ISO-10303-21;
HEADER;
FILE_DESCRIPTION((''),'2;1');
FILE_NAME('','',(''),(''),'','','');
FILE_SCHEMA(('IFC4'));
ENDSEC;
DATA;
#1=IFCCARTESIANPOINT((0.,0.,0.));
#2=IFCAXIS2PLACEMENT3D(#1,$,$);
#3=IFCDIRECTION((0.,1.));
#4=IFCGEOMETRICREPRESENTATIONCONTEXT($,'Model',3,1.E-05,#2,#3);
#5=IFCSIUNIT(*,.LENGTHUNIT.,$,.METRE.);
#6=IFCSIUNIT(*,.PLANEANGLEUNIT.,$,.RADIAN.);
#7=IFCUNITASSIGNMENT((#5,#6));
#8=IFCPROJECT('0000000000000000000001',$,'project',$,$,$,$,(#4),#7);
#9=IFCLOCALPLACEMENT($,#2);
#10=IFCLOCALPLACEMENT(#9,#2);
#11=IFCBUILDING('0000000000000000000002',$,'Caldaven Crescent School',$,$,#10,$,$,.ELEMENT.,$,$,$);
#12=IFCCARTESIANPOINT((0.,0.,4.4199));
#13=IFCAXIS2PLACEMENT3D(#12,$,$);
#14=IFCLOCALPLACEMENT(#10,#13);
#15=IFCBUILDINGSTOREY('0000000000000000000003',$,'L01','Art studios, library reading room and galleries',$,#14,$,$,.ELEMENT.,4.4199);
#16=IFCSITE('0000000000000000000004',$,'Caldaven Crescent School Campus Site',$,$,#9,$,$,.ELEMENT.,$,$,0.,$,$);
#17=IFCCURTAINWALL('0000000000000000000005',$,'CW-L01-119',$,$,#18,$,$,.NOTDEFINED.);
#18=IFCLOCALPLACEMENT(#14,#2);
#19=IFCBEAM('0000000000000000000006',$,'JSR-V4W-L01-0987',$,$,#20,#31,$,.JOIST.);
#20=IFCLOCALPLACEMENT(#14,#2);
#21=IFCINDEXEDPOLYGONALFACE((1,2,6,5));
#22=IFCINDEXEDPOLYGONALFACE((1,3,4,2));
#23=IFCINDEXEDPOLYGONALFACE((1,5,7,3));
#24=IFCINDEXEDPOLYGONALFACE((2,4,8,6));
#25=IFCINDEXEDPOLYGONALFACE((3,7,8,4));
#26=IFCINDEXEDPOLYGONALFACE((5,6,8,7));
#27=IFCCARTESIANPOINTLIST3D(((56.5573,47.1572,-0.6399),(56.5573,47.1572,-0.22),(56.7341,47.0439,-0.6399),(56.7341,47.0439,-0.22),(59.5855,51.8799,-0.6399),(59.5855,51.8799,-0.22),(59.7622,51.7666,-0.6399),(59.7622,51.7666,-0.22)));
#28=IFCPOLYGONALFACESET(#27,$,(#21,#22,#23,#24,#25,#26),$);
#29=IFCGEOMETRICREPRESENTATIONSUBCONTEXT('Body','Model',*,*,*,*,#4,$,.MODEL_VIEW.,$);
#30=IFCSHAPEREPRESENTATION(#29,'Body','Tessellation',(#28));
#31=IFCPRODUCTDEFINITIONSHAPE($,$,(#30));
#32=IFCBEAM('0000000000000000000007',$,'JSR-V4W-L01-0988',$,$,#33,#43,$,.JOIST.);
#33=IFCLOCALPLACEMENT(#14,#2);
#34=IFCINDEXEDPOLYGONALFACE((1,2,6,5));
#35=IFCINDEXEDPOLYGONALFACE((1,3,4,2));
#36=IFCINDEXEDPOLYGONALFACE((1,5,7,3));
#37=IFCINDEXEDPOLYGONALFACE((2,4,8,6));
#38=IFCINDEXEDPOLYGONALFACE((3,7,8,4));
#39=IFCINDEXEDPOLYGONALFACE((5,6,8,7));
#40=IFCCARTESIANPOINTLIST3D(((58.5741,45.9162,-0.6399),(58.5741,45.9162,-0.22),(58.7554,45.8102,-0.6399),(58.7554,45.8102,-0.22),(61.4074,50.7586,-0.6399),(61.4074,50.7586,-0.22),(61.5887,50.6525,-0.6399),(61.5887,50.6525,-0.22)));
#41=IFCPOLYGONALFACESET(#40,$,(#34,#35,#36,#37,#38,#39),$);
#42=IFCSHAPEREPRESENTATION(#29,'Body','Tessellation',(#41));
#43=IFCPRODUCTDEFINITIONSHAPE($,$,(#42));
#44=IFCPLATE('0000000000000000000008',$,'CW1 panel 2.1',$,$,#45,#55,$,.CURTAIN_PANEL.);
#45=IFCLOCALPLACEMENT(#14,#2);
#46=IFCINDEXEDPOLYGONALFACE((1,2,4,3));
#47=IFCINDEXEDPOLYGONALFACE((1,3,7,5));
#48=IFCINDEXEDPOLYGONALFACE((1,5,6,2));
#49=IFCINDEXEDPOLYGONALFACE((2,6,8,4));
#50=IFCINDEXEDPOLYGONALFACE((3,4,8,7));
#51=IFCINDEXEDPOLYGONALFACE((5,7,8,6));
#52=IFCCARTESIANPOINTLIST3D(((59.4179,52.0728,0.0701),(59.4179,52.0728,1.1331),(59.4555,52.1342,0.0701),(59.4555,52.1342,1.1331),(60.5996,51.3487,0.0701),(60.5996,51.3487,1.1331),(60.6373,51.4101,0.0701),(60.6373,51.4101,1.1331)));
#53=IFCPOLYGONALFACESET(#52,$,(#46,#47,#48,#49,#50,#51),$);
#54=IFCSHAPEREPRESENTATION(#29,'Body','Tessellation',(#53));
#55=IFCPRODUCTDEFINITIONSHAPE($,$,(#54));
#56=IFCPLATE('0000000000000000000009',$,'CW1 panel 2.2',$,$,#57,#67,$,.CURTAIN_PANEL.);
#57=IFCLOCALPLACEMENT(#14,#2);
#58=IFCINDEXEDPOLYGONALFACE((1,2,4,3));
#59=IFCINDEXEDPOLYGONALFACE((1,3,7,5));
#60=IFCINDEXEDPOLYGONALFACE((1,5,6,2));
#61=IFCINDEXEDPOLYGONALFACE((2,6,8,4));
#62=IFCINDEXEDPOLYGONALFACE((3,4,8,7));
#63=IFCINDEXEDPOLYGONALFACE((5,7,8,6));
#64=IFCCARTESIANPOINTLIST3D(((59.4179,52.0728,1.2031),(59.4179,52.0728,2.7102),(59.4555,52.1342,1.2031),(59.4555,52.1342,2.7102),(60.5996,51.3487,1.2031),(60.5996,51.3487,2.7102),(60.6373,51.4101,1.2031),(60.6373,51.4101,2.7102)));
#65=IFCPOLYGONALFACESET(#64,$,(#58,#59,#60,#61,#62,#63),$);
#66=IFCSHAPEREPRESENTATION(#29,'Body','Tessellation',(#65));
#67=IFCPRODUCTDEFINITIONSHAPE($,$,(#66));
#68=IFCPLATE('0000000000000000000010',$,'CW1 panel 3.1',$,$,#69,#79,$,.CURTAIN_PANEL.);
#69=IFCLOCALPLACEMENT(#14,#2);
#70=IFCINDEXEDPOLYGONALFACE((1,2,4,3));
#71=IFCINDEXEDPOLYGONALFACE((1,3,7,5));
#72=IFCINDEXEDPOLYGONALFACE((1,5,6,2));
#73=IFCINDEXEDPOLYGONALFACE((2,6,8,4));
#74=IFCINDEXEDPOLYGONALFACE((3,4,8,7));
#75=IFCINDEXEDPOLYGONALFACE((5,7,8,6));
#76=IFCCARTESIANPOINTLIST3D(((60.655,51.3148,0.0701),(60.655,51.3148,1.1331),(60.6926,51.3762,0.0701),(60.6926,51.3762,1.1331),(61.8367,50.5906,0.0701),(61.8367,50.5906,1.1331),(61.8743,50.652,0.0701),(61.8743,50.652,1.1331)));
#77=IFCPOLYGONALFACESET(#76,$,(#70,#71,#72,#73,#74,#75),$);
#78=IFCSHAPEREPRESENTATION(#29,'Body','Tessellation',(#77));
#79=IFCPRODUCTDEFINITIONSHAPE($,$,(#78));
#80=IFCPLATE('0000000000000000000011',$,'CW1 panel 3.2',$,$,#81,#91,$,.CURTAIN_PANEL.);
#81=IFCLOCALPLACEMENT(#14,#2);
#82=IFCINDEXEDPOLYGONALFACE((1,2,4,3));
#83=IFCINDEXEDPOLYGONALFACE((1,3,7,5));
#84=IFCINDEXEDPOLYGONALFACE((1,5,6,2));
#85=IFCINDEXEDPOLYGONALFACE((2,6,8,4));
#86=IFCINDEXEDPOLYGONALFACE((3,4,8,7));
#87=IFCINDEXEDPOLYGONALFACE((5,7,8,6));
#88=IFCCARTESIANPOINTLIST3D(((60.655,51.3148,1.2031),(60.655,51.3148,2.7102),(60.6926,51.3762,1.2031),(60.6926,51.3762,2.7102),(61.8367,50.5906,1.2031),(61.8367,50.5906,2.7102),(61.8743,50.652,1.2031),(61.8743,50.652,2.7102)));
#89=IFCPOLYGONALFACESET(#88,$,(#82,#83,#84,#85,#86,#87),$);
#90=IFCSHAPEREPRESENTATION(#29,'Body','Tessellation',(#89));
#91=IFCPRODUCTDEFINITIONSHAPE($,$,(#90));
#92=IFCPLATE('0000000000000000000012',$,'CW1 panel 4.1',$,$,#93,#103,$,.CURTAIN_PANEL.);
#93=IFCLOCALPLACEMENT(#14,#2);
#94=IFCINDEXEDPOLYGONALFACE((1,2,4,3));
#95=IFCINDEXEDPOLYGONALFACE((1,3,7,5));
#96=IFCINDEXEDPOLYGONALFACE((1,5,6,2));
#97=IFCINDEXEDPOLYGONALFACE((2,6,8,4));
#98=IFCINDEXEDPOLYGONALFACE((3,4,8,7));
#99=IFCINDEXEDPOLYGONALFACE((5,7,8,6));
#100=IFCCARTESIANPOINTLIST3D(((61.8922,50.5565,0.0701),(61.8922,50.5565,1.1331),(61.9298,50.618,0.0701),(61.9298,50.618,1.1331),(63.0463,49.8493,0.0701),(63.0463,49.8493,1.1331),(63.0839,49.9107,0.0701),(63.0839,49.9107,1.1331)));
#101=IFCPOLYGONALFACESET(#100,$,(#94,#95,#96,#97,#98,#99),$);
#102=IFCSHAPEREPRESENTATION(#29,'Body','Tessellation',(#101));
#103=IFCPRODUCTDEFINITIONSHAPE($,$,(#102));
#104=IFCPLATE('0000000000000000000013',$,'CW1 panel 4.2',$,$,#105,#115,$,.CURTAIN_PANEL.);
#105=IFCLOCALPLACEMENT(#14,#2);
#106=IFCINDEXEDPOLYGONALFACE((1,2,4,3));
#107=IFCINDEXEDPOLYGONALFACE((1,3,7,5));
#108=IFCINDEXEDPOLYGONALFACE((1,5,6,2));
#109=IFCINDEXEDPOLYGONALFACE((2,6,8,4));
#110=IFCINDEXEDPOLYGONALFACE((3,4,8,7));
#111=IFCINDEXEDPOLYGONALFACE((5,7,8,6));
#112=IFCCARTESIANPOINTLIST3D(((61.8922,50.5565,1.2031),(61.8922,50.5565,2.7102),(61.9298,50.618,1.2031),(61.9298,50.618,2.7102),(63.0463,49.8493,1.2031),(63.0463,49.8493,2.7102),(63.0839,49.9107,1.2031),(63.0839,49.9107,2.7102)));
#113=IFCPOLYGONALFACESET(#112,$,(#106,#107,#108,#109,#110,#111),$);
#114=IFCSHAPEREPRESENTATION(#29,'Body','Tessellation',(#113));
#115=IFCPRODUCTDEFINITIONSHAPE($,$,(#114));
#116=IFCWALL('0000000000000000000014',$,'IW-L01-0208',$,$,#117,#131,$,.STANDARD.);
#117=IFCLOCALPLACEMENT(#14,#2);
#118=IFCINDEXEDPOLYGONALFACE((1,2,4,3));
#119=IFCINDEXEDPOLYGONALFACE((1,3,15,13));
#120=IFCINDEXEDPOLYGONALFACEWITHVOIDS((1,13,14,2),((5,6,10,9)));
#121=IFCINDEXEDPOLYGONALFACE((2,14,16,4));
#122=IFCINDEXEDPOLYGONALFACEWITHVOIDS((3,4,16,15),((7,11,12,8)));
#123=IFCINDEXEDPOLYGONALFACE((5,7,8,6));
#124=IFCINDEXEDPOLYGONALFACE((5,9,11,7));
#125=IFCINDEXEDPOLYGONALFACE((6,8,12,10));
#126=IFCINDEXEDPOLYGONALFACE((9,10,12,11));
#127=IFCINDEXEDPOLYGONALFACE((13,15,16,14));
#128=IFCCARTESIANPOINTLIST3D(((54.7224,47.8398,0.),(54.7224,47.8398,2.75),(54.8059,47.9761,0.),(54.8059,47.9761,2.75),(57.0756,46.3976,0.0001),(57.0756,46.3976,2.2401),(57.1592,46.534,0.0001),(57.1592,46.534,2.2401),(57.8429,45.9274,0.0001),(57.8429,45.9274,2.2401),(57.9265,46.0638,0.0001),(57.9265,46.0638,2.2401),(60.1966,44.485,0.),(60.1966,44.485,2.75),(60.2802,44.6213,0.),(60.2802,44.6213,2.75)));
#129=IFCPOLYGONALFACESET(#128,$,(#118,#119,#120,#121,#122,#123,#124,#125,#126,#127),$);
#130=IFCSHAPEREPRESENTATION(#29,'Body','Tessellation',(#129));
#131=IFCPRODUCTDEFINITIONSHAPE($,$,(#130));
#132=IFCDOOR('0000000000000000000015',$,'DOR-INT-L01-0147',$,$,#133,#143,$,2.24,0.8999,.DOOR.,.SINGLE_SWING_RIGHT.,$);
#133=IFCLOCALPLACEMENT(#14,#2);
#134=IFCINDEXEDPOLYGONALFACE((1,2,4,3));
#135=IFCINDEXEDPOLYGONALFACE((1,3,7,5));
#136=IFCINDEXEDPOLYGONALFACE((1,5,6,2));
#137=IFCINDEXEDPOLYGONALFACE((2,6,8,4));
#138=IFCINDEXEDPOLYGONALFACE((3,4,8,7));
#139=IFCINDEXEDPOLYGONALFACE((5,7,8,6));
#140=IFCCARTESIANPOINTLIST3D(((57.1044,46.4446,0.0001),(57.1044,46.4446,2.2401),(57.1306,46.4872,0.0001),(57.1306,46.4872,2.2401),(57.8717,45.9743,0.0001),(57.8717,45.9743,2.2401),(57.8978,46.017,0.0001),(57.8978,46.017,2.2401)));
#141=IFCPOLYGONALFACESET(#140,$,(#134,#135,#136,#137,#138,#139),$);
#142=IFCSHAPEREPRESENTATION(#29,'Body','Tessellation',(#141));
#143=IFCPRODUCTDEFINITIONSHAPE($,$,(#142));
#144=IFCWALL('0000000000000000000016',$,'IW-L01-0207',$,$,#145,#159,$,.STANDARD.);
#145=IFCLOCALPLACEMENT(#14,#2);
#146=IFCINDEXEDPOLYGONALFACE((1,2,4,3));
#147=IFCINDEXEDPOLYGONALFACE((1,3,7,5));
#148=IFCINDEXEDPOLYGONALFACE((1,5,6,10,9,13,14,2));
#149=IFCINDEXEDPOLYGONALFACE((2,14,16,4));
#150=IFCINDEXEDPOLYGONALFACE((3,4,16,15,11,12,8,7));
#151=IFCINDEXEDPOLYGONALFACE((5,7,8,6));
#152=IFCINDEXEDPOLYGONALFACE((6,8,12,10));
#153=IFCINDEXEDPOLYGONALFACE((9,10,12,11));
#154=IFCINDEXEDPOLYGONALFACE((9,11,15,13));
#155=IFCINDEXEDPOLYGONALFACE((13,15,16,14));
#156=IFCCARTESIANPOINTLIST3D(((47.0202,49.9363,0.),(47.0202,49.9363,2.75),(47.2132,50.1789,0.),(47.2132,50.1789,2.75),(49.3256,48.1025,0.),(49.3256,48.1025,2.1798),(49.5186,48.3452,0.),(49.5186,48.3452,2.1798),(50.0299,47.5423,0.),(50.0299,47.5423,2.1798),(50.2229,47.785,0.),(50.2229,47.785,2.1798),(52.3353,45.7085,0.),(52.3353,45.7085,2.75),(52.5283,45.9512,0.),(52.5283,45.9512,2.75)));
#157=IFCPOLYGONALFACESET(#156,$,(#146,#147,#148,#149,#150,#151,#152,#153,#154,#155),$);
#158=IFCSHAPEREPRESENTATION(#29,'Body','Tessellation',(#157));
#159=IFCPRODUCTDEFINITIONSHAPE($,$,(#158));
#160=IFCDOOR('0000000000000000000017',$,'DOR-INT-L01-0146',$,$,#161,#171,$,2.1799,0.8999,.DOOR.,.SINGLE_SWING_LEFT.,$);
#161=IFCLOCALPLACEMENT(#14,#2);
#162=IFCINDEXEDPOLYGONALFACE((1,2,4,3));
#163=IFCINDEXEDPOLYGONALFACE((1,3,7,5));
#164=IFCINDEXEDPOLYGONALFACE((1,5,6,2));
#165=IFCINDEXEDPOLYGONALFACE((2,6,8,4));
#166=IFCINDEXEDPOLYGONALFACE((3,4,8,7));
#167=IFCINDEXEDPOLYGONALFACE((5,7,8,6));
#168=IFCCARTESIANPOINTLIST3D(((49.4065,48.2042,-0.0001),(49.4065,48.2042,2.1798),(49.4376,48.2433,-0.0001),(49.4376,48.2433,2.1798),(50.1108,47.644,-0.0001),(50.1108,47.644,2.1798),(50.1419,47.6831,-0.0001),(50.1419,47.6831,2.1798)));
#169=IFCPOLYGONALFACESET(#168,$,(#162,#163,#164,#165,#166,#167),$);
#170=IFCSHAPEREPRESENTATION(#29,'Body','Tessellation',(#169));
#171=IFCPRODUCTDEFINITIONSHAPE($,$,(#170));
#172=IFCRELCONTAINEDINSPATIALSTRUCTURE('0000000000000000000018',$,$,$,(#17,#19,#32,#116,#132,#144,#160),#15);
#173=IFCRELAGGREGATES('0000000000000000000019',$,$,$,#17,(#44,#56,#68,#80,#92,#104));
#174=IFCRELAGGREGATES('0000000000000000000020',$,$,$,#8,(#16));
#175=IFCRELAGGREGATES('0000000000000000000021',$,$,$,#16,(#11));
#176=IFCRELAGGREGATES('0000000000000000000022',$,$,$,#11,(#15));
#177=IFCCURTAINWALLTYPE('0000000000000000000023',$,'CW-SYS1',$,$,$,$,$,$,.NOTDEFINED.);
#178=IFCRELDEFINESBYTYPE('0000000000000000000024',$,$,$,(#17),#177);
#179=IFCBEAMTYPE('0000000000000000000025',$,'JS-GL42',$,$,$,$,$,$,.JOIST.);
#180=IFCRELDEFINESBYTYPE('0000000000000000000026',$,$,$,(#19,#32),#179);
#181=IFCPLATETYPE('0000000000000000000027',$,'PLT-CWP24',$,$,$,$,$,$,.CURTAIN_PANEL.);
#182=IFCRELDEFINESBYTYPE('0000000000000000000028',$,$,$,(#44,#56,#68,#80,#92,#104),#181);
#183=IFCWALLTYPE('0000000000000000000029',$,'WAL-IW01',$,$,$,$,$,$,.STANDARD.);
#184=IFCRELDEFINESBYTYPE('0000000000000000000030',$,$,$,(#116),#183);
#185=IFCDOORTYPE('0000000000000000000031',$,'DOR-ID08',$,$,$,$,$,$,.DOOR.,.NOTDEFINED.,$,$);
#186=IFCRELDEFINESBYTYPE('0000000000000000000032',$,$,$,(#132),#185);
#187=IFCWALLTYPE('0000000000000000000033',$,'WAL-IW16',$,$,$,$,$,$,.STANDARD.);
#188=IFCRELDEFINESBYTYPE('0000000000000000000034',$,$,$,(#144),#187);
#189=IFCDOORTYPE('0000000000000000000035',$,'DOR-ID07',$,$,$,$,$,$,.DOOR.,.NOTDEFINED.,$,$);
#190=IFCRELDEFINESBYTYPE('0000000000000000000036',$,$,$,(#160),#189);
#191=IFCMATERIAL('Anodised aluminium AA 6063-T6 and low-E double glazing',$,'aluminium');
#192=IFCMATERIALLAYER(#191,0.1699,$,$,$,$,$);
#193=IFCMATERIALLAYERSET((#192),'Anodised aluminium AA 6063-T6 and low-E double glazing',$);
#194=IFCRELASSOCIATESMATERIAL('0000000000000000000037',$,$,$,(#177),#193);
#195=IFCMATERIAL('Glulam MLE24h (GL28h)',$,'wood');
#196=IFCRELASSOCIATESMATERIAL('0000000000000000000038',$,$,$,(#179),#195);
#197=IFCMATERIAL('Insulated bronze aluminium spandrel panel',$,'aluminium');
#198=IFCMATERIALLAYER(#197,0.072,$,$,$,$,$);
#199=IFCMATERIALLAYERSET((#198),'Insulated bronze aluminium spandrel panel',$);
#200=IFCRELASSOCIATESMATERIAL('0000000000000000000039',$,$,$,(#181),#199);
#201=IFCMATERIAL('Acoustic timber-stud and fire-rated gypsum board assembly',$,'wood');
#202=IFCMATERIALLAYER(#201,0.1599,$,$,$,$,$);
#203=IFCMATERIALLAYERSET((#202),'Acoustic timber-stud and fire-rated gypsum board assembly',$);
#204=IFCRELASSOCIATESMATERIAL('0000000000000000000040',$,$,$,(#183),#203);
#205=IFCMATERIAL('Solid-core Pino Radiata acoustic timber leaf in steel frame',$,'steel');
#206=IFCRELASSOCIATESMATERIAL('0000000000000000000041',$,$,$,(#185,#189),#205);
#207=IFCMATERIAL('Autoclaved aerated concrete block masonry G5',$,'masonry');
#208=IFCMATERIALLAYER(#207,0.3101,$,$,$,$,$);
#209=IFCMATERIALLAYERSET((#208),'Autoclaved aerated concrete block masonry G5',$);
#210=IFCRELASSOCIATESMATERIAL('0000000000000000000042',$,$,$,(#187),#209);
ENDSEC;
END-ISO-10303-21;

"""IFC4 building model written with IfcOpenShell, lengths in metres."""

from ifc_helpers import new_model, si_unit, direction, frame, frame_2d, origin, origin_2d, place, context, subcontext, project, spatial, rectangle, extrude, material, layer, layer_set, material_profile, profile_set, type_object, element, fill, aggregate, save


model = new_model("IFC4")

# Units and contexts
model_context = context("Model", 3, precision=1e-05, world=origin(), true_north=direction((0.0, 1.0)))
body_context = subcontext(model_context, "Body", "Model", "MODEL_VIEW")
ifc_project = project(units=[si_unit("LENGTHUNIT", "METRE"), si_unit("PLANEANGLEUNIT", "RADIAN")], contexts=[model_context])

# Site, building, storey
site_placement = place(None, origin())
site = spatial("IfcSite", under=ifc_project, at=site_placement, Name="Caldaven Crescent School Campus Site", CompositionType="ELEMENT", RefElevation=0.0)
building_placement = place(site_placement, origin())
building = spatial("IfcBuilding", under=site, at=building_placement, Name="Caldaven Crescent School", CompositionType="ELEMENT")
storey_placement = place(building_placement, frame((0.0, 0.0, 4.4199)))
storey = spatial("IfcBuildingStorey", under=building, at=storey_placement, Name="L01", Description="Art studios, library reading room and galleries", CompositionType="ELEMENT", Elevation=4.4199)

# Shared definitions
ifc_material_1 = material(Name="Glulam MLE24h (GL28h)", Category="wood")

# Curtain wall
ifc_material_2 = material(Name="Anodised aluminium AA 6063-T6 and low-E double glazing", Category="aluminium")
ifc_layer_1 = layer(ifc_material_2, 0.1699)
ifc_layer_set_1 = layer_set([ifc_layer_1], Name="Anodised aluminium AA 6063-T6 and low-E double glazing")
curtain_wall_type = type_object("IfcCurtainWallType", Name="CW-SYS1", PredefinedType="NOTDEFINED", material=ifc_layer_set_1)
curtain_wall_placement = place(storey_placement, origin())
curtain_wall = element("IfcCurtainWall", 1, at=curtain_wall_placement, inside=storey, type_object=curtain_wall_type, Name="CW-L01-119", PredefinedType="NOTDEFINED")

# Beams
ifc_material_profile_1 = material_profile(ifc_material_1, rectangle(XDim=0.21, YDim=0.4199, at=origin_2d()), Name="MLE 210x420")
ifc_profile_set_1 = profile_set([ifc_material_profile_1], Name="Glulam MLE24h (GL28h)")
beam_type_1 = type_object("IfcBeamType", Name="JS-GL42", PredefinedType="JOIST", material=ifc_profile_set_1)
beam_1_placement = place(storey_placement, frame((59.6738, 51.8232, -0.4299), z_axis=(-0.539759, -0.84182, 0.0), x_axis=(0.84182, -0.539759, 0.0)))
element("IfcBeam", 2, at=beam_1_placement, inside=storey, type_object=beam_type_1, Name="JSR-V4W-L01-0987", PredefinedType="JOIST", context=body_context, shape_type="SweptSolid", body=[
    extrude(rectangle(XDim=0.21, YDim=0.4199, at=origin_2d()), origin(), (0.0, 0.0, 1.0), 5.6101),
])
beam_2_placement = place(storey_placement, frame((61.498, 50.7056, -0.4299), z_axis=(-0.505012, -0.863112, 0.0), x_axis=(0.863112, -0.505012, 0.0)))
element("IfcBeam", 3, at=beam_2_placement, inside=storey, type_object=beam_type_1, Name="JSR-V4W-L01-0988", PredefinedType="JOIST", context=body_context, shape_type="SweptSolid", body=[
    extrude(rectangle(XDim=0.21, YDim=0.4199, at=origin_2d()), origin(), (0.0, 0.0, 1.0), 5.6104),
])

# Plates
ifc_material_3 = material(Name="Insulated bronze aluminium spandrel panel", Category="aluminium")
ifc_layer_2 = layer(ifc_material_3, 0.072)
ifc_layer_set_2 = layer_set([ifc_layer_2], Name="Insulated bronze aluminium spandrel panel")
plate_type = type_object("IfcPlateType", Name="PLT-CWP24", PredefinedType="CURTAIN_PANEL", material=ifc_layer_set_2)
plate_1_placement = place(storey_placement, frame((60.0276, 51.7415, 0.0701), z_axis=(0.0, 0.0, 1.0), x_axis=(0.85264, -0.522499, 0.0)))
plate_1 = element("IfcPlate", 4, at=plate_1_placement, type_object=plate_type, Name="CW1 panel 2.1", PredefinedType="CURTAIN_PANEL", context=body_context, shape_type="SweptSolid", body=[
    extrude(rectangle(XDim=1.386, YDim=0.072, at=origin_2d()), origin(), (0.0, 0.0, 1.0), 1.063),
])
plate_2_placement = place(storey_placement, frame((60.0276, 51.7415, 1.2031), z_axis=(0.0, 0.0, 1.0), x_axis=(0.85264, -0.522499, 0.0)))
plate_2 = element("IfcPlate", 5, at=plate_2_placement, type_object=plate_type, Name="CW1 panel 2.2", PredefinedType="CURTAIN_PANEL", context=body_context, shape_type="SweptSolid", body=[
    extrude(rectangle(XDim=1.386, YDim=0.072, at=origin_2d()), origin(), (0.0, 0.0, 1.0), 1.5071),
])
plate_3_placement = place(storey_placement, frame((61.2646, 50.9834, 0.0701), z_axis=(0.0, 0.0, 1.0), x_axis=(0.85264, -0.522499, 0.0)))
plate_3 = element("IfcPlate", 6, at=plate_3_placement, type_object=plate_type, Name="CW1 panel 3.1", PredefinedType="CURTAIN_PANEL", context=body_context, shape_type="SweptSolid", body=[
    extrude(rectangle(XDim=1.386, YDim=0.072, at=origin_2d()), origin(), (0.0, 0.0, 1.0), 1.063),
])
plate_4_placement = place(storey_placement, frame((61.2646, 50.9834, 1.2031), z_axis=(0.0, 0.0, 1.0), x_axis=(0.85264, -0.522499, 0.0)))
plate_4 = element("IfcPlate", 7, at=plate_4_placement, type_object=plate_type, Name="CW1 panel 3.2", PredefinedType="CURTAIN_PANEL", context=body_context, shape_type="SweptSolid", body=[
    extrude(rectangle(XDim=1.386, YDim=0.072, at=origin_2d()), origin(), (0.0, 0.0, 1.0), 1.5071),
])
plate_5_placement = place(storey_placement, frame((62.488, 50.2336, 0.0701), z_axis=(0.0, 0.0, 1.0), x_axis=(0.85264, -0.522499, 0.0)))
plate_5 = element("IfcPlate", 8, at=plate_5_placement, type_object=plate_type, Name="CW1 panel 4.1", PredefinedType="CURTAIN_PANEL", context=body_context, shape_type="SweptSolid", body=[
    extrude(rectangle(XDim=1.3535, YDim=0.072, at=origin_2d()), origin(), (0.0, 0.0, 1.0), 1.063),
])
plate_6_placement = place(storey_placement, frame((62.488, 50.2336, 1.2031), z_axis=(0.0, 0.0, 1.0), x_axis=(0.85264, -0.522499, 0.0)))
plate_6 = element("IfcPlate", 9, at=plate_6_placement, type_object=plate_type, Name="CW1 panel 4.2", PredefinedType="CURTAIN_PANEL", context=body_context, shape_type="SweptSolid", body=[
    extrude(rectangle(XDim=1.3535, YDim=0.072, at=origin_2d()), origin(), (0.0, 0.0, 1.0), 1.5071),
])
aggregate(curtain_wall, [plate_1, plate_2, plate_3, plate_4, plate_5, plate_6])

# Walls, openings, doors
ifc_material_4 = material(Name="Acoustic timber-stud and fire-rated gypsum board assembly", Category="wood")
ifc_layer_3 = layer(ifc_material_4, 0.1599)
ifc_layer_set_3 = layer_set([ifc_layer_3], Name="Acoustic timber-stud and fire-rated gypsum board assembly")
wall_type_1 = type_object("IfcWallType", Name="WAL-IW01", PredefinedType="STANDARD", material=ifc_layer_set_3)
wall_1_placement = place(storey_placement, frame((54.7642, 47.908, 0.0), z_axis=(0.0, 0.0, 1.0), x_axis=(0.852627, -0.52252, 0.0)))
wall_1 = element("IfcWall", 10, at=wall_1_placement, inside=storey, type_object=wall_type_1, Name="IW-L01-0208", PredefinedType="STANDARD", context=body_context, shape_type="SweptSolid", body=[
    extrude(rectangle(XDim=6.4204, YDim=0.1599, at=frame_2d((3.2102, 0.0))), origin(), (0.0, 0.0, 1.0), 2.75),
])
opening_1_placement = place(wall_1_placement, frame((2.76, 0.0, 0.0)))
opening_1 = element("IfcOpeningElement", 11, at=opening_1_placement, cuts=wall_1, PredefinedType="OPENING", context=body_context, shape_type="SweptSolid", body=[
    extrude(rectangle(XDim=0.8999, YDim=2.24, at=frame_2d((0.45, 1.1201))), frame((0.0, 0.0898, 0.0), z_axis=(0.0, -1.0, 0.0), x_axis=(1.0, 0.0, 0.0)), (0.0, 0.0, 1.0), 0.1799),
])
ifc_material_5 = material(Name="Solid-core Pino Radiata acoustic timber leaf in steel frame", Category="steel")
door_type_1 = type_object("IfcDoorType", Name="DOR-ID08", OperationType="NOTDEFINED", PredefinedType="DOOR", material=ifc_material_5)
door_1_placement = place(opening_1_placement, frame((0.8999, 0.0, 0.0), z_axis=(0.0, 0.0, 1.0), x_axis=(-1.0, 0.0, 0.0)))
door_1 = element("IfcDoor", 12, at=door_1_placement, inside=storey, type_object=door_type_1, Name="DOR-INT-L01-0147", OperationType="SINGLE_SWING_RIGHT", OverallHeight=2.24, OverallWidth=0.8999, PredefinedType="DOOR", context=body_context, shape_type="SweptSolid", body=[
    extrude(rectangle(XDim=0.8999, YDim=2.24, at=frame_2d((0.45, 1.1201))), frame((0.0, 0.0249, 0.0), z_axis=(0.0, -1.0, 0.0), x_axis=(1.0, 0.0, 0.0)), (0.0, 0.0, 1.0), 0.05),
])
fill(opening_1, door_1)
ifc_material_6 = material(Name="Autoclaved aerated concrete block masonry G5", Category="masonry")
ifc_layer_4 = layer(ifc_material_6, 0.3101)
ifc_layer_set_4 = layer_set([ifc_layer_4], Name="Autoclaved aerated concrete block masonry G5")
wall_type_2 = type_object("IfcWallType", Name="WAL-IW16", PredefinedType="STANDARD", material=ifc_layer_set_4)
wall_2_placement = place(storey_placement, frame((47.1167, 50.0576, 0.0), z_axis=(0.0, 0.0, 1.0), x_axis=(0.782616, -0.622505, 0.0)))
wall_2 = element("IfcWall", 13, at=wall_2_placement, inside=storey, type_object=wall_type_2, Name="IW-L01-0207", PredefinedType="STANDARD", context=body_context, shape_type="SweptSolid", body=[
    extrude(rectangle(XDim=6.7915, YDim=0.3101, at=frame_2d((3.3958, 0.0))), origin(), (0.0, 0.0, 1.0), 2.75),
])
opening_2_placement = place(wall_2_placement, frame((2.9458, 0.0, 0.0)))
opening_2 = element("IfcOpeningElement", 14, at=opening_2_placement, cuts=wall_2, PredefinedType="OPENING", context=body_context, shape_type="SweptSolid", body=[
    extrude(rectangle(XDim=0.8999, YDim=2.1799, at=frame_2d((0.45, 1.0898))), frame((0.0, 0.165, 0.0), z_axis=(0.0, -1.0, 0.0), x_axis=(1.0, 0.0, 0.0)), (0.0, 0.0, 1.0), 0.3301),
])
door_type_2 = type_object("IfcDoorType", Name="DOR-ID07", OperationType="NOTDEFINED", PredefinedType="DOOR", material=ifc_material_5)
door_2_placement = place(opening_2_placement, origin())
door_2 = element("IfcDoor", 15, at=door_2_placement, inside=storey, type_object=door_type_2, Name="DOR-INT-L01-0146", OperationType="SINGLE_SWING_LEFT", OverallHeight=2.1799, OverallWidth=0.8999, PredefinedType="DOOR", context=body_context, shape_type="SweptSolid", body=[
    extrude(rectangle(XDim=0.8999, YDim=2.1799, at=frame_2d((0.45, 1.0898))), frame((0.0, 0.0249, 0.0), z_axis=(0.0, -1.0, 0.0), x_axis=(1.0, 0.0, 0.0)), (0.0, 0.0, 1.0), 0.05),
])
fill(opening_2, door_2)

save(model, "model.ifc")
